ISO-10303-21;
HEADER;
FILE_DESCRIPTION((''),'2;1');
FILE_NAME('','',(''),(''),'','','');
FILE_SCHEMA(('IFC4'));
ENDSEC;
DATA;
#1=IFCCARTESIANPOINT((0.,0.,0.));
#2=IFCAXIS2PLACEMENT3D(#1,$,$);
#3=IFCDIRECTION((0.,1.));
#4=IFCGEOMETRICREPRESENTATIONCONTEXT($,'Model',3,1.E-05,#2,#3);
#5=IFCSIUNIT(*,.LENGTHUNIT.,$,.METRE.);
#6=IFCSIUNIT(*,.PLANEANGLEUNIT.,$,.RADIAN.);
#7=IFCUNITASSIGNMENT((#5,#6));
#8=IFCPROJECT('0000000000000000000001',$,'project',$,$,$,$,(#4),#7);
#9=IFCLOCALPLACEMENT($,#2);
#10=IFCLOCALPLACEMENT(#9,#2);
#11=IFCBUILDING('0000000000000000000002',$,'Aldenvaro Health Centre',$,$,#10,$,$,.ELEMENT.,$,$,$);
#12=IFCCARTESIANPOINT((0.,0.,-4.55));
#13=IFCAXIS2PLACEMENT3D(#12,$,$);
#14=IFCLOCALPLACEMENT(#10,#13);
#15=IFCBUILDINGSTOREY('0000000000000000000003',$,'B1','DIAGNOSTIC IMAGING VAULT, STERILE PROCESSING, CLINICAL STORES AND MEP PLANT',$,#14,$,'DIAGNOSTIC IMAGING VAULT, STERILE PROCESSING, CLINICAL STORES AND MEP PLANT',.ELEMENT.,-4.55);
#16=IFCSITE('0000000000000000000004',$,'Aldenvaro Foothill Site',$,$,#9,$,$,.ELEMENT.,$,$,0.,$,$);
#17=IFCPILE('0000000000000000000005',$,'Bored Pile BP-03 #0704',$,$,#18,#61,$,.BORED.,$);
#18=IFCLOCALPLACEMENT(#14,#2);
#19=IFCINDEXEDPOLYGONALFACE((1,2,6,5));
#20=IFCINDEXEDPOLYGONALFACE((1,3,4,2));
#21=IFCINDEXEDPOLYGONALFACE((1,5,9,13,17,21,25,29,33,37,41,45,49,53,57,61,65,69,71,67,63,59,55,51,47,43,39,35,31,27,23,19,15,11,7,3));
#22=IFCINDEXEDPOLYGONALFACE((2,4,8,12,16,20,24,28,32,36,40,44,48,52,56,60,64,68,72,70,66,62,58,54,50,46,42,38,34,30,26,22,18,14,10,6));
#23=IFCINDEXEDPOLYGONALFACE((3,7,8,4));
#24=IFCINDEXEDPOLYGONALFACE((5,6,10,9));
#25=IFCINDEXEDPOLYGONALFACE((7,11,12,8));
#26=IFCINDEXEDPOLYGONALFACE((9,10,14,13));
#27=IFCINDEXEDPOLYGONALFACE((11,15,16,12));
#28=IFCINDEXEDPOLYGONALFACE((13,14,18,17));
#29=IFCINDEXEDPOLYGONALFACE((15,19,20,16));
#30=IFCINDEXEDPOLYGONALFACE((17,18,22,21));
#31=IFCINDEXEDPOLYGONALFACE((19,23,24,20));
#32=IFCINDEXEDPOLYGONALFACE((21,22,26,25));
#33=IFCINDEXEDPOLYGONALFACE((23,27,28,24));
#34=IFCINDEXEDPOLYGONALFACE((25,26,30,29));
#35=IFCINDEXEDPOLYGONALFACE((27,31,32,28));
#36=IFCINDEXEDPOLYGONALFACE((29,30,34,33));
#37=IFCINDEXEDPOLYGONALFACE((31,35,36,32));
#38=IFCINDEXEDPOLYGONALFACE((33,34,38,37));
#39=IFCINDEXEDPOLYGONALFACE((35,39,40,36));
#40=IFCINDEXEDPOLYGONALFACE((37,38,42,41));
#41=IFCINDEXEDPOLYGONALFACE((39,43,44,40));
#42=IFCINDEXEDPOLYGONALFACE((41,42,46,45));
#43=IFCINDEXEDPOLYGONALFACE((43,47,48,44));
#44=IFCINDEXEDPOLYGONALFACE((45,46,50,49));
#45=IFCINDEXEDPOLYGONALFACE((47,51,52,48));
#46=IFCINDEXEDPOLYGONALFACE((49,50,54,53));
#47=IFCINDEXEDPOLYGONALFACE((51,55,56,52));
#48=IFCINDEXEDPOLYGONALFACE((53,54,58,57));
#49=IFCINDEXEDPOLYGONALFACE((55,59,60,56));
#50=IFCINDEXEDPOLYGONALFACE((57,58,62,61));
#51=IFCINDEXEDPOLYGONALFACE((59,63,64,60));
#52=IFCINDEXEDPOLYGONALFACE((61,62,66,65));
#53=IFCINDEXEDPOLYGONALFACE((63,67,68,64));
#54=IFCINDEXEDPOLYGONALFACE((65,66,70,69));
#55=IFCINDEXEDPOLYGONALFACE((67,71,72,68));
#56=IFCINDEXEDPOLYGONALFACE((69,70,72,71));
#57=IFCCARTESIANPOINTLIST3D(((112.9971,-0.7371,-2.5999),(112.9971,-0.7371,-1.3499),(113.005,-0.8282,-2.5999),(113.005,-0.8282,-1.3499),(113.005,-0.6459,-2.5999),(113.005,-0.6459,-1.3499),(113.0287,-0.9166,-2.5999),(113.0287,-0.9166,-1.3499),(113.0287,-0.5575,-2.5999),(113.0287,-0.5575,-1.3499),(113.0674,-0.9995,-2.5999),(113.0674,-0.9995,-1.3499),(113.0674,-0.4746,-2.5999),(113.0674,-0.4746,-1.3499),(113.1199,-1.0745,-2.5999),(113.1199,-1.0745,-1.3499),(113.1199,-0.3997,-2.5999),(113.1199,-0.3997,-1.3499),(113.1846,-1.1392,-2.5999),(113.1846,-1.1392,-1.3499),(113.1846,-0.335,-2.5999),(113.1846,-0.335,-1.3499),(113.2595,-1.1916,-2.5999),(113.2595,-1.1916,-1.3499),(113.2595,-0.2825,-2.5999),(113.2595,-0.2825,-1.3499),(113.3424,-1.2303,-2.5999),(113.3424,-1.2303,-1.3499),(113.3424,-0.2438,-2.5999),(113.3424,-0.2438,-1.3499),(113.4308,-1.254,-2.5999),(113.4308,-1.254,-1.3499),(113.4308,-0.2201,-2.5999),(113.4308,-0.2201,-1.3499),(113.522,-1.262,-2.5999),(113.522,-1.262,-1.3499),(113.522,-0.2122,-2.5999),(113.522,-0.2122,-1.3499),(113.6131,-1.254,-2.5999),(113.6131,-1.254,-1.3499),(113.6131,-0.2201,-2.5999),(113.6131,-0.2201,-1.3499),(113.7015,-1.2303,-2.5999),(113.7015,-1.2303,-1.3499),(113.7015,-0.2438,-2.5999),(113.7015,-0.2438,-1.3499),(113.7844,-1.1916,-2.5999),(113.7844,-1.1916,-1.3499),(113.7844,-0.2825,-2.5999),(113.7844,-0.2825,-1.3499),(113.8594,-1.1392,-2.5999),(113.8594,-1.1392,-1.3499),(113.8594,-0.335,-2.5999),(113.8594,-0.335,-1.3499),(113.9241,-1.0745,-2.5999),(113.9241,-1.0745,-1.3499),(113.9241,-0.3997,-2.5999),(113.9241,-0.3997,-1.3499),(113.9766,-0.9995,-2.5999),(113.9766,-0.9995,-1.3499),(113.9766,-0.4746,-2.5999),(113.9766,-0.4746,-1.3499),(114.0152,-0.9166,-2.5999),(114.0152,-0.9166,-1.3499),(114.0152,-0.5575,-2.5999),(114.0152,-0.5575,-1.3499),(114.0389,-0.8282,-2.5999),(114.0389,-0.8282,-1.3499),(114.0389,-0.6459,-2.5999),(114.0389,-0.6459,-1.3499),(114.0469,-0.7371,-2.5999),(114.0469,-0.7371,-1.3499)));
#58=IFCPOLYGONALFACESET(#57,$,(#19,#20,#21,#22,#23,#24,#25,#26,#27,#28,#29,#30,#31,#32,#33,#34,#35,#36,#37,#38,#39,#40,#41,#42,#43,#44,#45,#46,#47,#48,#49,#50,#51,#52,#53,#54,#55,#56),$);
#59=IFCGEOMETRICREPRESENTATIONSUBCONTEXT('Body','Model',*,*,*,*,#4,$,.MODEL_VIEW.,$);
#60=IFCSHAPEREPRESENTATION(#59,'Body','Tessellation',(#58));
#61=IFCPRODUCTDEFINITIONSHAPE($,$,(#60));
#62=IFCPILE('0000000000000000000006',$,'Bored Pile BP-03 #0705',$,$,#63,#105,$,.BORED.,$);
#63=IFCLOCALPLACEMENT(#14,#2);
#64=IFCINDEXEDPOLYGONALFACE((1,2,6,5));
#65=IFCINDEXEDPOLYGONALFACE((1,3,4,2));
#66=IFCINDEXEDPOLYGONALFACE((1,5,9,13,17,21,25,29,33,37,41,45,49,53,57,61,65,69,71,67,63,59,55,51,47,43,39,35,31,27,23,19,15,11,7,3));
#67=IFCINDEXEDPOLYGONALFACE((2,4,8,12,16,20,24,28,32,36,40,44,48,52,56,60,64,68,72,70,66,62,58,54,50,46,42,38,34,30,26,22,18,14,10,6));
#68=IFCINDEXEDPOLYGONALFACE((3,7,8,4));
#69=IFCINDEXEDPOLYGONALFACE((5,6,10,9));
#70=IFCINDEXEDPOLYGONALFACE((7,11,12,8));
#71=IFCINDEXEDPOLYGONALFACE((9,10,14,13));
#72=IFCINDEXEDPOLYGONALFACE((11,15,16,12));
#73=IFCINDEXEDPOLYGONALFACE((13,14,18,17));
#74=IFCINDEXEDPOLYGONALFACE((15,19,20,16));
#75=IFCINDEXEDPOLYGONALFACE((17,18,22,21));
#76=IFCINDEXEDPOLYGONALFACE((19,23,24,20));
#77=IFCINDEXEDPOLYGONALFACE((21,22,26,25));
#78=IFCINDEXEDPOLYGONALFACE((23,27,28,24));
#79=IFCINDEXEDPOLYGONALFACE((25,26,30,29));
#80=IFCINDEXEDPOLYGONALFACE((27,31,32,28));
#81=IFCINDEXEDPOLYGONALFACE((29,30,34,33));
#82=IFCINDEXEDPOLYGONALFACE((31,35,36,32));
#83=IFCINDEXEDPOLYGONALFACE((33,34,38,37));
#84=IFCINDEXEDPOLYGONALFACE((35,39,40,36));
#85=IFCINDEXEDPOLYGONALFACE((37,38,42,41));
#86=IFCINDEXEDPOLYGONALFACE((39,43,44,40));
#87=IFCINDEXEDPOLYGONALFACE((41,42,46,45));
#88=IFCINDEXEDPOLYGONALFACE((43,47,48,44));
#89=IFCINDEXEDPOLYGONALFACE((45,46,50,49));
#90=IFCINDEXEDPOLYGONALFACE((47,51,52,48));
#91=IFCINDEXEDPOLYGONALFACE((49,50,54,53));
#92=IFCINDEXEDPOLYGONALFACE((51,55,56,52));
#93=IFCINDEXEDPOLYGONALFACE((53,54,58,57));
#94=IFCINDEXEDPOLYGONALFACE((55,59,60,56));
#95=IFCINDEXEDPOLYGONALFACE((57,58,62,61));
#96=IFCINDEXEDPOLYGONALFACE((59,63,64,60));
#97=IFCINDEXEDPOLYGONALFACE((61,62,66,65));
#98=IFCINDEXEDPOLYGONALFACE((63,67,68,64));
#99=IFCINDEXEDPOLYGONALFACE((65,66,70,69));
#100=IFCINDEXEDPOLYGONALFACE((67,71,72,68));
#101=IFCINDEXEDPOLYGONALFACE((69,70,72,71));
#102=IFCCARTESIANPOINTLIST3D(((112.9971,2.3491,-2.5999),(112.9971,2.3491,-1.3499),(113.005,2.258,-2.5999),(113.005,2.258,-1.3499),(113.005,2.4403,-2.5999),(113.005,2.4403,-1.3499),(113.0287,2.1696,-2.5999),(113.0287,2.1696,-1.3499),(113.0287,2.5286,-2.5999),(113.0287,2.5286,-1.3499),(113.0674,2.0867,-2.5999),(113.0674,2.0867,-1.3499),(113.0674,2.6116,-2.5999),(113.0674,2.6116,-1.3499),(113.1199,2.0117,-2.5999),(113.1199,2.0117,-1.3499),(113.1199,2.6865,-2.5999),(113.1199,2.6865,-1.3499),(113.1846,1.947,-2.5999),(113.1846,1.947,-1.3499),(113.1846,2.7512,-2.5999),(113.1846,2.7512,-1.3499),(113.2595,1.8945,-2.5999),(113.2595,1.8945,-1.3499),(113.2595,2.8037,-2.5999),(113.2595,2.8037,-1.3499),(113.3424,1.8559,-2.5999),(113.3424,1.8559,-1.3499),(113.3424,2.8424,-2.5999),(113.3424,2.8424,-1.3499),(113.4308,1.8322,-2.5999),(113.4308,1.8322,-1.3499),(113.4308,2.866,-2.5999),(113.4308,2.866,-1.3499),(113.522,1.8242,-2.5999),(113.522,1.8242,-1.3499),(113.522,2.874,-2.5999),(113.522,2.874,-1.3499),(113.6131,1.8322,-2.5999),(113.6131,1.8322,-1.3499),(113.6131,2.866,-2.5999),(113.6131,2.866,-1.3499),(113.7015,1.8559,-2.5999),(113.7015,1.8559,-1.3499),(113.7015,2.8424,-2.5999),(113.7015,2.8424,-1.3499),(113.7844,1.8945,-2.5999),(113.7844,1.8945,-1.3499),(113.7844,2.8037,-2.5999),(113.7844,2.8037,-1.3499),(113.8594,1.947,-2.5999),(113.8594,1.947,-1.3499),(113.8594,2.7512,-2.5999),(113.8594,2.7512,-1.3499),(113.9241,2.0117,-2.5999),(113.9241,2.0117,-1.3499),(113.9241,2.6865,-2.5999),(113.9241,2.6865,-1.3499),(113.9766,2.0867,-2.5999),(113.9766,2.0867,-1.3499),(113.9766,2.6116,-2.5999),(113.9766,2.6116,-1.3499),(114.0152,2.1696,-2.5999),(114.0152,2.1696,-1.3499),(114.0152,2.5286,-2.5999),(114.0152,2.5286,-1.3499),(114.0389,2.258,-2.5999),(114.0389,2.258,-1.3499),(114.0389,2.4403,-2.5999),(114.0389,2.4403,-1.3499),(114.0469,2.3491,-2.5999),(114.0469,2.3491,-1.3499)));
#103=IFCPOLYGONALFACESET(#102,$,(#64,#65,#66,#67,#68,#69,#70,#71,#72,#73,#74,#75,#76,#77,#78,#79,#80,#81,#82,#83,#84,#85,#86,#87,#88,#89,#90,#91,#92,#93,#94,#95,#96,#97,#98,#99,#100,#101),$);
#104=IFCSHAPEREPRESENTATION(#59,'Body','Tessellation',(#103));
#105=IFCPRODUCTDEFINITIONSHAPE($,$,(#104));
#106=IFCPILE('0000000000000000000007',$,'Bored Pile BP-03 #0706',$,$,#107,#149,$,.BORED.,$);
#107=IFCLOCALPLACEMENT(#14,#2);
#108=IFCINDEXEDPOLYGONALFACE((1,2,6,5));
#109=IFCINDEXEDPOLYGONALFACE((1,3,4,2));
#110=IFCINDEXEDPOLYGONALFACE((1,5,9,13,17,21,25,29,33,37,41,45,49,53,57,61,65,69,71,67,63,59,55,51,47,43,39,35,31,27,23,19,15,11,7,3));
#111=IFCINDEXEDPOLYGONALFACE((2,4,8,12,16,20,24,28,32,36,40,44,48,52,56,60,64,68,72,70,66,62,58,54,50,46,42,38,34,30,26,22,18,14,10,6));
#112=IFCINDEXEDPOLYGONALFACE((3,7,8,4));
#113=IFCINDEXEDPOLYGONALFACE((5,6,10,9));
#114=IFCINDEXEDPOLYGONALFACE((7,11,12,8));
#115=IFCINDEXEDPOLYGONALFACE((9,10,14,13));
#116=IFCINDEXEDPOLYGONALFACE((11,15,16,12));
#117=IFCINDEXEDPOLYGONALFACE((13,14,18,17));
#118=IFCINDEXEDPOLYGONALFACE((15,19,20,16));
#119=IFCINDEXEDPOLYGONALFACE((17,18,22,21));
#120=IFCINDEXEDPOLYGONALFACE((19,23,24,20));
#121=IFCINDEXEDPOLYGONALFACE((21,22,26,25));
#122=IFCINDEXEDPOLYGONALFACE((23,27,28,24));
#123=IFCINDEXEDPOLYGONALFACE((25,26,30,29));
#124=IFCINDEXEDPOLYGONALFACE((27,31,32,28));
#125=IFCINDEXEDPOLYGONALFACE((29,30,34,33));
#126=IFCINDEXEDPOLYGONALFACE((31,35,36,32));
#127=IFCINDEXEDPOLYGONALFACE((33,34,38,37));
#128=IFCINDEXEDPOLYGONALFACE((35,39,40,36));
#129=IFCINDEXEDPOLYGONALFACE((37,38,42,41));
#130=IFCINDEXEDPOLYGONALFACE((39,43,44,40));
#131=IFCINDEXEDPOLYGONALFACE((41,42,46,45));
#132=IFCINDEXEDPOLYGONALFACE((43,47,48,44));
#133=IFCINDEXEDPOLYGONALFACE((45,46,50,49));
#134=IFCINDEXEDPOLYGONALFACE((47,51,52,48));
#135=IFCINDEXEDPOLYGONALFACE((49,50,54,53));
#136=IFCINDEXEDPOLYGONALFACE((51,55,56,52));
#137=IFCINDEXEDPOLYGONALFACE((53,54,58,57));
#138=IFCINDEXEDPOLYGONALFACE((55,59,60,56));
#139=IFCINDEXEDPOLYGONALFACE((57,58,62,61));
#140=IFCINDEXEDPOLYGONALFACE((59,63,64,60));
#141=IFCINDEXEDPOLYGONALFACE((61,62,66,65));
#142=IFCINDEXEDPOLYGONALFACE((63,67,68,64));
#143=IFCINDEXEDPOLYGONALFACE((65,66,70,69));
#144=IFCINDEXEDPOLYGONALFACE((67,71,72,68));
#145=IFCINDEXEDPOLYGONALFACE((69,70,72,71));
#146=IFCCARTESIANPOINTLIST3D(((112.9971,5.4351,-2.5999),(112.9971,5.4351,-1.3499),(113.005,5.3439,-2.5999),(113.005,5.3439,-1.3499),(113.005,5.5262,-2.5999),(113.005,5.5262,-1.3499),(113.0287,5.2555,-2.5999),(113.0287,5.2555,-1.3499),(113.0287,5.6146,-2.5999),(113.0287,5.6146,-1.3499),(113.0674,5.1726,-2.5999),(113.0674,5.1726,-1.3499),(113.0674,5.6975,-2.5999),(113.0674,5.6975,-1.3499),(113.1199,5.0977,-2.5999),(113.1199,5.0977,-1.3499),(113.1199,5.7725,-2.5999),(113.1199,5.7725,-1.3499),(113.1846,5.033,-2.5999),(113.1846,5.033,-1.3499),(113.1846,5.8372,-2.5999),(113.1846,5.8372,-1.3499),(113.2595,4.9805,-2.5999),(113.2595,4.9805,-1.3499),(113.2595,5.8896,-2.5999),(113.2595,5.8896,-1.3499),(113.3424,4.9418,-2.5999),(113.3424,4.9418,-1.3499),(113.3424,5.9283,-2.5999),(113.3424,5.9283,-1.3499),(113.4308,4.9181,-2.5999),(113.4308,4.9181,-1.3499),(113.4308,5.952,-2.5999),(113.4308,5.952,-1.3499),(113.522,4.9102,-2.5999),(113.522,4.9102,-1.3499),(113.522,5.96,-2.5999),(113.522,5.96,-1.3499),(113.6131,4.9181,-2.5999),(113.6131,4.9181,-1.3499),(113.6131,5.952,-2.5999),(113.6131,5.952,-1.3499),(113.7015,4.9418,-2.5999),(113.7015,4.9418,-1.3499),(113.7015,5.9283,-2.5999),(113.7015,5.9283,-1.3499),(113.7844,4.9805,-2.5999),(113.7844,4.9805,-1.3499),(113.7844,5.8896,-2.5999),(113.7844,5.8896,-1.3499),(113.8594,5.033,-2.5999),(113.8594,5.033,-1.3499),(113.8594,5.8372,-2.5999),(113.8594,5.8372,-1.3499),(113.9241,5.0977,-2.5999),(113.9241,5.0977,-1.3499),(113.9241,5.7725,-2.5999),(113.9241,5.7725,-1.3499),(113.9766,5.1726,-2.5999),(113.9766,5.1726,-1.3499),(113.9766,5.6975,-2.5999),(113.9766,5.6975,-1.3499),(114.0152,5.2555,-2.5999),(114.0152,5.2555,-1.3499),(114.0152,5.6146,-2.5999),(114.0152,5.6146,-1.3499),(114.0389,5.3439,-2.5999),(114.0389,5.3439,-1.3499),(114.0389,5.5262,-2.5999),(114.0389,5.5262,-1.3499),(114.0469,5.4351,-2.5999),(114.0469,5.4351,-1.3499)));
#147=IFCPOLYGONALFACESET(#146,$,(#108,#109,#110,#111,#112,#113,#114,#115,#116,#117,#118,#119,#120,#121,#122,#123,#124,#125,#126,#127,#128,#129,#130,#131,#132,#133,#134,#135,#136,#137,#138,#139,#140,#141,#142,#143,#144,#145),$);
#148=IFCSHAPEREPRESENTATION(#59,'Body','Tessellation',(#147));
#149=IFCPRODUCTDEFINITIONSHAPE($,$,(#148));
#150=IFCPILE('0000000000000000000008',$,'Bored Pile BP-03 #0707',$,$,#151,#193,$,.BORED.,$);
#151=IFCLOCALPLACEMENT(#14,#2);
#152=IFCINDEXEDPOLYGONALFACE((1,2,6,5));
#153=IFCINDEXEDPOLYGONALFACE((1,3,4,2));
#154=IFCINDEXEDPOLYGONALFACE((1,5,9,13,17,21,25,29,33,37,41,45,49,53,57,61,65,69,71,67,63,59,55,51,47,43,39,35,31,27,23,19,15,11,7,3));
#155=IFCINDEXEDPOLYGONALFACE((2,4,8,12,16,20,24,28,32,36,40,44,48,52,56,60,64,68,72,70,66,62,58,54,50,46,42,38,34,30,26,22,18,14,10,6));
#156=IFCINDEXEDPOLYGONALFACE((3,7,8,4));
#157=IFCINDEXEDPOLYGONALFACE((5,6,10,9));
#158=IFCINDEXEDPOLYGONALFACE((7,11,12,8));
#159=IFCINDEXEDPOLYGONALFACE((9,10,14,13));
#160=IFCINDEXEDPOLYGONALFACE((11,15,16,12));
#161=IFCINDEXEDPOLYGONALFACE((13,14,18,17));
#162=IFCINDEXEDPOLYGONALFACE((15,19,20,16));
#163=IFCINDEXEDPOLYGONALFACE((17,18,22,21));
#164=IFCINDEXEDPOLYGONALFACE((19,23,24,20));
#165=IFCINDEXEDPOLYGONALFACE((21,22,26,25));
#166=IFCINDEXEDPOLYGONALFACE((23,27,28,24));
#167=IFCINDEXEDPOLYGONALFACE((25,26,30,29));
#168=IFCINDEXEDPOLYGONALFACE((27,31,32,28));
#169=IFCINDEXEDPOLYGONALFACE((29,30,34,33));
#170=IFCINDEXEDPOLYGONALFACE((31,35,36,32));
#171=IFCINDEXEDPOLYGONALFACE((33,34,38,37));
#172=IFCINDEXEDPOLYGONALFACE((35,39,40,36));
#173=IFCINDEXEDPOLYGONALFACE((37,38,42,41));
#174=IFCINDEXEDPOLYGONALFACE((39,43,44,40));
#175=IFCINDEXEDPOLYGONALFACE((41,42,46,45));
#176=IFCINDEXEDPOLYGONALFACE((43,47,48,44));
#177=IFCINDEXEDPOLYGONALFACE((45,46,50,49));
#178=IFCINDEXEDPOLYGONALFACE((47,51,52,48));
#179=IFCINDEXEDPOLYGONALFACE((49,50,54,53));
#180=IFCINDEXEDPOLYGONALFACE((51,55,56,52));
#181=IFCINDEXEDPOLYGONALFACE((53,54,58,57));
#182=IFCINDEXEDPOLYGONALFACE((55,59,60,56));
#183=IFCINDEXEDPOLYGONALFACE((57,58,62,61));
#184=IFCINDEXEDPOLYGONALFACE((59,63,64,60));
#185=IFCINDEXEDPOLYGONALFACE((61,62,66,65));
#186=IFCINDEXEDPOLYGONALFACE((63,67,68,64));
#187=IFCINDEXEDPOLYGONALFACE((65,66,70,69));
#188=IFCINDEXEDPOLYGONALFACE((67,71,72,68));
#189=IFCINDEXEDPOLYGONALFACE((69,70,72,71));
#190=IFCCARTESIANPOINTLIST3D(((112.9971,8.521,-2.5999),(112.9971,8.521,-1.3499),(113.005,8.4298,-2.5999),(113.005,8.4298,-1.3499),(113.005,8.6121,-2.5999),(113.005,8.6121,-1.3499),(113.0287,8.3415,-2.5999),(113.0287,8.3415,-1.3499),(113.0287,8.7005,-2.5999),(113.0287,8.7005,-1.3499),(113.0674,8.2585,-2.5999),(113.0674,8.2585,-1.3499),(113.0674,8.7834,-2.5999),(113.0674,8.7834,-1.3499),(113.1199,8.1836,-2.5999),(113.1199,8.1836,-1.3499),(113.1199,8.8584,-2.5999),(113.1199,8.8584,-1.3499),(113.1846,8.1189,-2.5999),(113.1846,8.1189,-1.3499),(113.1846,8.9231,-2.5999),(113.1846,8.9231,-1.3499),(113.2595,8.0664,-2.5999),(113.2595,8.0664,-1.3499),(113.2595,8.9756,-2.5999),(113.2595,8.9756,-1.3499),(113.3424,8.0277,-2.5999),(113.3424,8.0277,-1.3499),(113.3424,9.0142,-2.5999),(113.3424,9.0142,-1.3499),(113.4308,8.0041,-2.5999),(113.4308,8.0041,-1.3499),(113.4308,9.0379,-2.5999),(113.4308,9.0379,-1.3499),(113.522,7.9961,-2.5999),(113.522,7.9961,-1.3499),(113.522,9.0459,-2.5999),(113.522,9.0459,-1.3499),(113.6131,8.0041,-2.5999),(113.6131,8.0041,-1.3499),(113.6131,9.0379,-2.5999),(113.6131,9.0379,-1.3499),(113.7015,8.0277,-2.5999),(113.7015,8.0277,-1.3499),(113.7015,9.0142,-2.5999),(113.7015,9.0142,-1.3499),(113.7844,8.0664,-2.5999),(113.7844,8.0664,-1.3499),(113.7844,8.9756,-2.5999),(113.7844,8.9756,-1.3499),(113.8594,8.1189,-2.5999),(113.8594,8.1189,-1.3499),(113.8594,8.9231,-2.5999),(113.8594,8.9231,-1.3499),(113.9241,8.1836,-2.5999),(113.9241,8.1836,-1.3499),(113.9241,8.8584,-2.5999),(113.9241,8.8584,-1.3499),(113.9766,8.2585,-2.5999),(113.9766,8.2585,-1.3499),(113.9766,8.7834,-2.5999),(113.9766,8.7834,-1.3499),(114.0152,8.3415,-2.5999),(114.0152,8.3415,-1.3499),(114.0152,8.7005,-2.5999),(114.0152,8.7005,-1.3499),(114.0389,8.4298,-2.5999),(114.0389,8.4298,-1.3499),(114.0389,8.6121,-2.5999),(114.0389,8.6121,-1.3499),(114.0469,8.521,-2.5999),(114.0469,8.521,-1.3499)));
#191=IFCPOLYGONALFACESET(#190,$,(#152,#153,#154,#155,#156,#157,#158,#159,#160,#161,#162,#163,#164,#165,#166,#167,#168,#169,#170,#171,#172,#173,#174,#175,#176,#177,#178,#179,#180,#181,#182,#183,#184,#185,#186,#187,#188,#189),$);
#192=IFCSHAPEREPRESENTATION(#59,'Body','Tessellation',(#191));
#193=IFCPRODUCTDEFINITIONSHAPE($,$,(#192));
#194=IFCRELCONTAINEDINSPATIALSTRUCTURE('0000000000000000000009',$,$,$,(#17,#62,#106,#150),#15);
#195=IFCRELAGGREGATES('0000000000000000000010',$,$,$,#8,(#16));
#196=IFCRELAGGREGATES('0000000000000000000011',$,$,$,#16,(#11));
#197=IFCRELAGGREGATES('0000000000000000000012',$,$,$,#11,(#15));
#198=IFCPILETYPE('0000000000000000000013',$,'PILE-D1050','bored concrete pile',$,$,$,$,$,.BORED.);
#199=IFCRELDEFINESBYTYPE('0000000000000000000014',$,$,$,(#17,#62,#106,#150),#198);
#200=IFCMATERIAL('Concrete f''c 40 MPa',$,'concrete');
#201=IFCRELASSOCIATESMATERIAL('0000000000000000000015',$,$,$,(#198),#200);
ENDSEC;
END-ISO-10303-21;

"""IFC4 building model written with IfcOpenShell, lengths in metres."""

from ifc_helpers import new_model, si_unit, direction, frame, origin, origin_2d, place, context, subcontext, project, spatial, circle, extrude, material, material_profile, profile_set, type_object, element, save


model = new_model("IFC4")

# Units and contexts
model_context = context("Model", 3, precision=1e-05, world=origin(), true_north=direction((0.0, 1.0)))
body_context = subcontext(model_context, "Body", "Model", "MODEL_VIEW")
ifc_project = project(units=[si_unit("LENGTHUNIT", "METRE"), si_unit("PLANEANGLEUNIT", "RADIAN")], contexts=[model_context])

# Site, building, storey
site_placement = place(None, origin())
site = spatial("IfcSite", under=ifc_project, at=site_placement, Name="Aldenvaro Foothill Site", CompositionType="ELEMENT", RefElevation=0.0)
building_placement = place(site_placement, origin())
building = spatial("IfcBuilding", under=site, at=building_placement, Name="Aldenvaro Health Centre", CompositionType="ELEMENT")
storey_placement = place(building_placement, frame((0.0, 0.0, -4.55)))
storey = spatial("IfcBuildingStorey", under=building, at=storey_placement, Name="B1", Description="DIAGNOSTIC IMAGING VAULT, STERILE PROCESSING, CLINICAL STORES AND MEP PLANT", LongName="DIAGNOSTIC IMAGING VAULT, STERILE PROCESSING, CLINICAL STORES AND MEP PLANT", CompositionType="ELEMENT", Elevation=-4.55)

# Piles
ifc_material_1 = material(Name="Concrete f'c 40 MPa", Category="concrete")
ifc_material_profile_1 = material_profile(ifc_material_1, circle(Radius=0.5249, at=origin_2d()), Name="PILE D1050", Category="concrete")
ifc_profile_set_1 = profile_set([ifc_material_profile_1], Name="Concrete f'c 40 MPa")
pile_type = type_object("IfcPileType", Name="PILE-D1050", Description="bored concrete pile", PredefinedType="BORED", material=ifc_profile_set_1)
for number, where, z_axis, x_axis, name in (
    (1, (113.522, -0.7371, -1.3499), (0.0, 0.0, -1.0), (1.0, 0.0, 0.0), "Bored Pile BP-03 #0704"),
    (2, (113.522, 2.3491, -1.3499), (0.0, 0.0, -1.0), (1.0, 0.0, 0.0), "Bored Pile BP-03 #0705"),
    (3, (113.522, 5.4351, -1.3499), (0.0, 0.0, -1.0), (1.0, 0.0, 0.0), "Bored Pile BP-03 #0706"),
    (4, (113.522, 8.521, -1.3499), (0.0, 0.0, -1.0), (1.0, 0.0, 0.0), "Bored Pile BP-03 #0707"),
):
    element("IfcPile", number, at=place(storey_placement, frame(where, z_axis=z_axis, x_axis=x_axis)), inside=storey, type_object=pile_type, Name=name, PredefinedType="BORED", context=body_context, shape_type="SweptSolid", body=[
        extrude(circle(Radius=0.5249, at=origin_2d()), origin(), (0.0, 0.0, 1.0), 1.25),
    ])

save(model, "model.ifc")
